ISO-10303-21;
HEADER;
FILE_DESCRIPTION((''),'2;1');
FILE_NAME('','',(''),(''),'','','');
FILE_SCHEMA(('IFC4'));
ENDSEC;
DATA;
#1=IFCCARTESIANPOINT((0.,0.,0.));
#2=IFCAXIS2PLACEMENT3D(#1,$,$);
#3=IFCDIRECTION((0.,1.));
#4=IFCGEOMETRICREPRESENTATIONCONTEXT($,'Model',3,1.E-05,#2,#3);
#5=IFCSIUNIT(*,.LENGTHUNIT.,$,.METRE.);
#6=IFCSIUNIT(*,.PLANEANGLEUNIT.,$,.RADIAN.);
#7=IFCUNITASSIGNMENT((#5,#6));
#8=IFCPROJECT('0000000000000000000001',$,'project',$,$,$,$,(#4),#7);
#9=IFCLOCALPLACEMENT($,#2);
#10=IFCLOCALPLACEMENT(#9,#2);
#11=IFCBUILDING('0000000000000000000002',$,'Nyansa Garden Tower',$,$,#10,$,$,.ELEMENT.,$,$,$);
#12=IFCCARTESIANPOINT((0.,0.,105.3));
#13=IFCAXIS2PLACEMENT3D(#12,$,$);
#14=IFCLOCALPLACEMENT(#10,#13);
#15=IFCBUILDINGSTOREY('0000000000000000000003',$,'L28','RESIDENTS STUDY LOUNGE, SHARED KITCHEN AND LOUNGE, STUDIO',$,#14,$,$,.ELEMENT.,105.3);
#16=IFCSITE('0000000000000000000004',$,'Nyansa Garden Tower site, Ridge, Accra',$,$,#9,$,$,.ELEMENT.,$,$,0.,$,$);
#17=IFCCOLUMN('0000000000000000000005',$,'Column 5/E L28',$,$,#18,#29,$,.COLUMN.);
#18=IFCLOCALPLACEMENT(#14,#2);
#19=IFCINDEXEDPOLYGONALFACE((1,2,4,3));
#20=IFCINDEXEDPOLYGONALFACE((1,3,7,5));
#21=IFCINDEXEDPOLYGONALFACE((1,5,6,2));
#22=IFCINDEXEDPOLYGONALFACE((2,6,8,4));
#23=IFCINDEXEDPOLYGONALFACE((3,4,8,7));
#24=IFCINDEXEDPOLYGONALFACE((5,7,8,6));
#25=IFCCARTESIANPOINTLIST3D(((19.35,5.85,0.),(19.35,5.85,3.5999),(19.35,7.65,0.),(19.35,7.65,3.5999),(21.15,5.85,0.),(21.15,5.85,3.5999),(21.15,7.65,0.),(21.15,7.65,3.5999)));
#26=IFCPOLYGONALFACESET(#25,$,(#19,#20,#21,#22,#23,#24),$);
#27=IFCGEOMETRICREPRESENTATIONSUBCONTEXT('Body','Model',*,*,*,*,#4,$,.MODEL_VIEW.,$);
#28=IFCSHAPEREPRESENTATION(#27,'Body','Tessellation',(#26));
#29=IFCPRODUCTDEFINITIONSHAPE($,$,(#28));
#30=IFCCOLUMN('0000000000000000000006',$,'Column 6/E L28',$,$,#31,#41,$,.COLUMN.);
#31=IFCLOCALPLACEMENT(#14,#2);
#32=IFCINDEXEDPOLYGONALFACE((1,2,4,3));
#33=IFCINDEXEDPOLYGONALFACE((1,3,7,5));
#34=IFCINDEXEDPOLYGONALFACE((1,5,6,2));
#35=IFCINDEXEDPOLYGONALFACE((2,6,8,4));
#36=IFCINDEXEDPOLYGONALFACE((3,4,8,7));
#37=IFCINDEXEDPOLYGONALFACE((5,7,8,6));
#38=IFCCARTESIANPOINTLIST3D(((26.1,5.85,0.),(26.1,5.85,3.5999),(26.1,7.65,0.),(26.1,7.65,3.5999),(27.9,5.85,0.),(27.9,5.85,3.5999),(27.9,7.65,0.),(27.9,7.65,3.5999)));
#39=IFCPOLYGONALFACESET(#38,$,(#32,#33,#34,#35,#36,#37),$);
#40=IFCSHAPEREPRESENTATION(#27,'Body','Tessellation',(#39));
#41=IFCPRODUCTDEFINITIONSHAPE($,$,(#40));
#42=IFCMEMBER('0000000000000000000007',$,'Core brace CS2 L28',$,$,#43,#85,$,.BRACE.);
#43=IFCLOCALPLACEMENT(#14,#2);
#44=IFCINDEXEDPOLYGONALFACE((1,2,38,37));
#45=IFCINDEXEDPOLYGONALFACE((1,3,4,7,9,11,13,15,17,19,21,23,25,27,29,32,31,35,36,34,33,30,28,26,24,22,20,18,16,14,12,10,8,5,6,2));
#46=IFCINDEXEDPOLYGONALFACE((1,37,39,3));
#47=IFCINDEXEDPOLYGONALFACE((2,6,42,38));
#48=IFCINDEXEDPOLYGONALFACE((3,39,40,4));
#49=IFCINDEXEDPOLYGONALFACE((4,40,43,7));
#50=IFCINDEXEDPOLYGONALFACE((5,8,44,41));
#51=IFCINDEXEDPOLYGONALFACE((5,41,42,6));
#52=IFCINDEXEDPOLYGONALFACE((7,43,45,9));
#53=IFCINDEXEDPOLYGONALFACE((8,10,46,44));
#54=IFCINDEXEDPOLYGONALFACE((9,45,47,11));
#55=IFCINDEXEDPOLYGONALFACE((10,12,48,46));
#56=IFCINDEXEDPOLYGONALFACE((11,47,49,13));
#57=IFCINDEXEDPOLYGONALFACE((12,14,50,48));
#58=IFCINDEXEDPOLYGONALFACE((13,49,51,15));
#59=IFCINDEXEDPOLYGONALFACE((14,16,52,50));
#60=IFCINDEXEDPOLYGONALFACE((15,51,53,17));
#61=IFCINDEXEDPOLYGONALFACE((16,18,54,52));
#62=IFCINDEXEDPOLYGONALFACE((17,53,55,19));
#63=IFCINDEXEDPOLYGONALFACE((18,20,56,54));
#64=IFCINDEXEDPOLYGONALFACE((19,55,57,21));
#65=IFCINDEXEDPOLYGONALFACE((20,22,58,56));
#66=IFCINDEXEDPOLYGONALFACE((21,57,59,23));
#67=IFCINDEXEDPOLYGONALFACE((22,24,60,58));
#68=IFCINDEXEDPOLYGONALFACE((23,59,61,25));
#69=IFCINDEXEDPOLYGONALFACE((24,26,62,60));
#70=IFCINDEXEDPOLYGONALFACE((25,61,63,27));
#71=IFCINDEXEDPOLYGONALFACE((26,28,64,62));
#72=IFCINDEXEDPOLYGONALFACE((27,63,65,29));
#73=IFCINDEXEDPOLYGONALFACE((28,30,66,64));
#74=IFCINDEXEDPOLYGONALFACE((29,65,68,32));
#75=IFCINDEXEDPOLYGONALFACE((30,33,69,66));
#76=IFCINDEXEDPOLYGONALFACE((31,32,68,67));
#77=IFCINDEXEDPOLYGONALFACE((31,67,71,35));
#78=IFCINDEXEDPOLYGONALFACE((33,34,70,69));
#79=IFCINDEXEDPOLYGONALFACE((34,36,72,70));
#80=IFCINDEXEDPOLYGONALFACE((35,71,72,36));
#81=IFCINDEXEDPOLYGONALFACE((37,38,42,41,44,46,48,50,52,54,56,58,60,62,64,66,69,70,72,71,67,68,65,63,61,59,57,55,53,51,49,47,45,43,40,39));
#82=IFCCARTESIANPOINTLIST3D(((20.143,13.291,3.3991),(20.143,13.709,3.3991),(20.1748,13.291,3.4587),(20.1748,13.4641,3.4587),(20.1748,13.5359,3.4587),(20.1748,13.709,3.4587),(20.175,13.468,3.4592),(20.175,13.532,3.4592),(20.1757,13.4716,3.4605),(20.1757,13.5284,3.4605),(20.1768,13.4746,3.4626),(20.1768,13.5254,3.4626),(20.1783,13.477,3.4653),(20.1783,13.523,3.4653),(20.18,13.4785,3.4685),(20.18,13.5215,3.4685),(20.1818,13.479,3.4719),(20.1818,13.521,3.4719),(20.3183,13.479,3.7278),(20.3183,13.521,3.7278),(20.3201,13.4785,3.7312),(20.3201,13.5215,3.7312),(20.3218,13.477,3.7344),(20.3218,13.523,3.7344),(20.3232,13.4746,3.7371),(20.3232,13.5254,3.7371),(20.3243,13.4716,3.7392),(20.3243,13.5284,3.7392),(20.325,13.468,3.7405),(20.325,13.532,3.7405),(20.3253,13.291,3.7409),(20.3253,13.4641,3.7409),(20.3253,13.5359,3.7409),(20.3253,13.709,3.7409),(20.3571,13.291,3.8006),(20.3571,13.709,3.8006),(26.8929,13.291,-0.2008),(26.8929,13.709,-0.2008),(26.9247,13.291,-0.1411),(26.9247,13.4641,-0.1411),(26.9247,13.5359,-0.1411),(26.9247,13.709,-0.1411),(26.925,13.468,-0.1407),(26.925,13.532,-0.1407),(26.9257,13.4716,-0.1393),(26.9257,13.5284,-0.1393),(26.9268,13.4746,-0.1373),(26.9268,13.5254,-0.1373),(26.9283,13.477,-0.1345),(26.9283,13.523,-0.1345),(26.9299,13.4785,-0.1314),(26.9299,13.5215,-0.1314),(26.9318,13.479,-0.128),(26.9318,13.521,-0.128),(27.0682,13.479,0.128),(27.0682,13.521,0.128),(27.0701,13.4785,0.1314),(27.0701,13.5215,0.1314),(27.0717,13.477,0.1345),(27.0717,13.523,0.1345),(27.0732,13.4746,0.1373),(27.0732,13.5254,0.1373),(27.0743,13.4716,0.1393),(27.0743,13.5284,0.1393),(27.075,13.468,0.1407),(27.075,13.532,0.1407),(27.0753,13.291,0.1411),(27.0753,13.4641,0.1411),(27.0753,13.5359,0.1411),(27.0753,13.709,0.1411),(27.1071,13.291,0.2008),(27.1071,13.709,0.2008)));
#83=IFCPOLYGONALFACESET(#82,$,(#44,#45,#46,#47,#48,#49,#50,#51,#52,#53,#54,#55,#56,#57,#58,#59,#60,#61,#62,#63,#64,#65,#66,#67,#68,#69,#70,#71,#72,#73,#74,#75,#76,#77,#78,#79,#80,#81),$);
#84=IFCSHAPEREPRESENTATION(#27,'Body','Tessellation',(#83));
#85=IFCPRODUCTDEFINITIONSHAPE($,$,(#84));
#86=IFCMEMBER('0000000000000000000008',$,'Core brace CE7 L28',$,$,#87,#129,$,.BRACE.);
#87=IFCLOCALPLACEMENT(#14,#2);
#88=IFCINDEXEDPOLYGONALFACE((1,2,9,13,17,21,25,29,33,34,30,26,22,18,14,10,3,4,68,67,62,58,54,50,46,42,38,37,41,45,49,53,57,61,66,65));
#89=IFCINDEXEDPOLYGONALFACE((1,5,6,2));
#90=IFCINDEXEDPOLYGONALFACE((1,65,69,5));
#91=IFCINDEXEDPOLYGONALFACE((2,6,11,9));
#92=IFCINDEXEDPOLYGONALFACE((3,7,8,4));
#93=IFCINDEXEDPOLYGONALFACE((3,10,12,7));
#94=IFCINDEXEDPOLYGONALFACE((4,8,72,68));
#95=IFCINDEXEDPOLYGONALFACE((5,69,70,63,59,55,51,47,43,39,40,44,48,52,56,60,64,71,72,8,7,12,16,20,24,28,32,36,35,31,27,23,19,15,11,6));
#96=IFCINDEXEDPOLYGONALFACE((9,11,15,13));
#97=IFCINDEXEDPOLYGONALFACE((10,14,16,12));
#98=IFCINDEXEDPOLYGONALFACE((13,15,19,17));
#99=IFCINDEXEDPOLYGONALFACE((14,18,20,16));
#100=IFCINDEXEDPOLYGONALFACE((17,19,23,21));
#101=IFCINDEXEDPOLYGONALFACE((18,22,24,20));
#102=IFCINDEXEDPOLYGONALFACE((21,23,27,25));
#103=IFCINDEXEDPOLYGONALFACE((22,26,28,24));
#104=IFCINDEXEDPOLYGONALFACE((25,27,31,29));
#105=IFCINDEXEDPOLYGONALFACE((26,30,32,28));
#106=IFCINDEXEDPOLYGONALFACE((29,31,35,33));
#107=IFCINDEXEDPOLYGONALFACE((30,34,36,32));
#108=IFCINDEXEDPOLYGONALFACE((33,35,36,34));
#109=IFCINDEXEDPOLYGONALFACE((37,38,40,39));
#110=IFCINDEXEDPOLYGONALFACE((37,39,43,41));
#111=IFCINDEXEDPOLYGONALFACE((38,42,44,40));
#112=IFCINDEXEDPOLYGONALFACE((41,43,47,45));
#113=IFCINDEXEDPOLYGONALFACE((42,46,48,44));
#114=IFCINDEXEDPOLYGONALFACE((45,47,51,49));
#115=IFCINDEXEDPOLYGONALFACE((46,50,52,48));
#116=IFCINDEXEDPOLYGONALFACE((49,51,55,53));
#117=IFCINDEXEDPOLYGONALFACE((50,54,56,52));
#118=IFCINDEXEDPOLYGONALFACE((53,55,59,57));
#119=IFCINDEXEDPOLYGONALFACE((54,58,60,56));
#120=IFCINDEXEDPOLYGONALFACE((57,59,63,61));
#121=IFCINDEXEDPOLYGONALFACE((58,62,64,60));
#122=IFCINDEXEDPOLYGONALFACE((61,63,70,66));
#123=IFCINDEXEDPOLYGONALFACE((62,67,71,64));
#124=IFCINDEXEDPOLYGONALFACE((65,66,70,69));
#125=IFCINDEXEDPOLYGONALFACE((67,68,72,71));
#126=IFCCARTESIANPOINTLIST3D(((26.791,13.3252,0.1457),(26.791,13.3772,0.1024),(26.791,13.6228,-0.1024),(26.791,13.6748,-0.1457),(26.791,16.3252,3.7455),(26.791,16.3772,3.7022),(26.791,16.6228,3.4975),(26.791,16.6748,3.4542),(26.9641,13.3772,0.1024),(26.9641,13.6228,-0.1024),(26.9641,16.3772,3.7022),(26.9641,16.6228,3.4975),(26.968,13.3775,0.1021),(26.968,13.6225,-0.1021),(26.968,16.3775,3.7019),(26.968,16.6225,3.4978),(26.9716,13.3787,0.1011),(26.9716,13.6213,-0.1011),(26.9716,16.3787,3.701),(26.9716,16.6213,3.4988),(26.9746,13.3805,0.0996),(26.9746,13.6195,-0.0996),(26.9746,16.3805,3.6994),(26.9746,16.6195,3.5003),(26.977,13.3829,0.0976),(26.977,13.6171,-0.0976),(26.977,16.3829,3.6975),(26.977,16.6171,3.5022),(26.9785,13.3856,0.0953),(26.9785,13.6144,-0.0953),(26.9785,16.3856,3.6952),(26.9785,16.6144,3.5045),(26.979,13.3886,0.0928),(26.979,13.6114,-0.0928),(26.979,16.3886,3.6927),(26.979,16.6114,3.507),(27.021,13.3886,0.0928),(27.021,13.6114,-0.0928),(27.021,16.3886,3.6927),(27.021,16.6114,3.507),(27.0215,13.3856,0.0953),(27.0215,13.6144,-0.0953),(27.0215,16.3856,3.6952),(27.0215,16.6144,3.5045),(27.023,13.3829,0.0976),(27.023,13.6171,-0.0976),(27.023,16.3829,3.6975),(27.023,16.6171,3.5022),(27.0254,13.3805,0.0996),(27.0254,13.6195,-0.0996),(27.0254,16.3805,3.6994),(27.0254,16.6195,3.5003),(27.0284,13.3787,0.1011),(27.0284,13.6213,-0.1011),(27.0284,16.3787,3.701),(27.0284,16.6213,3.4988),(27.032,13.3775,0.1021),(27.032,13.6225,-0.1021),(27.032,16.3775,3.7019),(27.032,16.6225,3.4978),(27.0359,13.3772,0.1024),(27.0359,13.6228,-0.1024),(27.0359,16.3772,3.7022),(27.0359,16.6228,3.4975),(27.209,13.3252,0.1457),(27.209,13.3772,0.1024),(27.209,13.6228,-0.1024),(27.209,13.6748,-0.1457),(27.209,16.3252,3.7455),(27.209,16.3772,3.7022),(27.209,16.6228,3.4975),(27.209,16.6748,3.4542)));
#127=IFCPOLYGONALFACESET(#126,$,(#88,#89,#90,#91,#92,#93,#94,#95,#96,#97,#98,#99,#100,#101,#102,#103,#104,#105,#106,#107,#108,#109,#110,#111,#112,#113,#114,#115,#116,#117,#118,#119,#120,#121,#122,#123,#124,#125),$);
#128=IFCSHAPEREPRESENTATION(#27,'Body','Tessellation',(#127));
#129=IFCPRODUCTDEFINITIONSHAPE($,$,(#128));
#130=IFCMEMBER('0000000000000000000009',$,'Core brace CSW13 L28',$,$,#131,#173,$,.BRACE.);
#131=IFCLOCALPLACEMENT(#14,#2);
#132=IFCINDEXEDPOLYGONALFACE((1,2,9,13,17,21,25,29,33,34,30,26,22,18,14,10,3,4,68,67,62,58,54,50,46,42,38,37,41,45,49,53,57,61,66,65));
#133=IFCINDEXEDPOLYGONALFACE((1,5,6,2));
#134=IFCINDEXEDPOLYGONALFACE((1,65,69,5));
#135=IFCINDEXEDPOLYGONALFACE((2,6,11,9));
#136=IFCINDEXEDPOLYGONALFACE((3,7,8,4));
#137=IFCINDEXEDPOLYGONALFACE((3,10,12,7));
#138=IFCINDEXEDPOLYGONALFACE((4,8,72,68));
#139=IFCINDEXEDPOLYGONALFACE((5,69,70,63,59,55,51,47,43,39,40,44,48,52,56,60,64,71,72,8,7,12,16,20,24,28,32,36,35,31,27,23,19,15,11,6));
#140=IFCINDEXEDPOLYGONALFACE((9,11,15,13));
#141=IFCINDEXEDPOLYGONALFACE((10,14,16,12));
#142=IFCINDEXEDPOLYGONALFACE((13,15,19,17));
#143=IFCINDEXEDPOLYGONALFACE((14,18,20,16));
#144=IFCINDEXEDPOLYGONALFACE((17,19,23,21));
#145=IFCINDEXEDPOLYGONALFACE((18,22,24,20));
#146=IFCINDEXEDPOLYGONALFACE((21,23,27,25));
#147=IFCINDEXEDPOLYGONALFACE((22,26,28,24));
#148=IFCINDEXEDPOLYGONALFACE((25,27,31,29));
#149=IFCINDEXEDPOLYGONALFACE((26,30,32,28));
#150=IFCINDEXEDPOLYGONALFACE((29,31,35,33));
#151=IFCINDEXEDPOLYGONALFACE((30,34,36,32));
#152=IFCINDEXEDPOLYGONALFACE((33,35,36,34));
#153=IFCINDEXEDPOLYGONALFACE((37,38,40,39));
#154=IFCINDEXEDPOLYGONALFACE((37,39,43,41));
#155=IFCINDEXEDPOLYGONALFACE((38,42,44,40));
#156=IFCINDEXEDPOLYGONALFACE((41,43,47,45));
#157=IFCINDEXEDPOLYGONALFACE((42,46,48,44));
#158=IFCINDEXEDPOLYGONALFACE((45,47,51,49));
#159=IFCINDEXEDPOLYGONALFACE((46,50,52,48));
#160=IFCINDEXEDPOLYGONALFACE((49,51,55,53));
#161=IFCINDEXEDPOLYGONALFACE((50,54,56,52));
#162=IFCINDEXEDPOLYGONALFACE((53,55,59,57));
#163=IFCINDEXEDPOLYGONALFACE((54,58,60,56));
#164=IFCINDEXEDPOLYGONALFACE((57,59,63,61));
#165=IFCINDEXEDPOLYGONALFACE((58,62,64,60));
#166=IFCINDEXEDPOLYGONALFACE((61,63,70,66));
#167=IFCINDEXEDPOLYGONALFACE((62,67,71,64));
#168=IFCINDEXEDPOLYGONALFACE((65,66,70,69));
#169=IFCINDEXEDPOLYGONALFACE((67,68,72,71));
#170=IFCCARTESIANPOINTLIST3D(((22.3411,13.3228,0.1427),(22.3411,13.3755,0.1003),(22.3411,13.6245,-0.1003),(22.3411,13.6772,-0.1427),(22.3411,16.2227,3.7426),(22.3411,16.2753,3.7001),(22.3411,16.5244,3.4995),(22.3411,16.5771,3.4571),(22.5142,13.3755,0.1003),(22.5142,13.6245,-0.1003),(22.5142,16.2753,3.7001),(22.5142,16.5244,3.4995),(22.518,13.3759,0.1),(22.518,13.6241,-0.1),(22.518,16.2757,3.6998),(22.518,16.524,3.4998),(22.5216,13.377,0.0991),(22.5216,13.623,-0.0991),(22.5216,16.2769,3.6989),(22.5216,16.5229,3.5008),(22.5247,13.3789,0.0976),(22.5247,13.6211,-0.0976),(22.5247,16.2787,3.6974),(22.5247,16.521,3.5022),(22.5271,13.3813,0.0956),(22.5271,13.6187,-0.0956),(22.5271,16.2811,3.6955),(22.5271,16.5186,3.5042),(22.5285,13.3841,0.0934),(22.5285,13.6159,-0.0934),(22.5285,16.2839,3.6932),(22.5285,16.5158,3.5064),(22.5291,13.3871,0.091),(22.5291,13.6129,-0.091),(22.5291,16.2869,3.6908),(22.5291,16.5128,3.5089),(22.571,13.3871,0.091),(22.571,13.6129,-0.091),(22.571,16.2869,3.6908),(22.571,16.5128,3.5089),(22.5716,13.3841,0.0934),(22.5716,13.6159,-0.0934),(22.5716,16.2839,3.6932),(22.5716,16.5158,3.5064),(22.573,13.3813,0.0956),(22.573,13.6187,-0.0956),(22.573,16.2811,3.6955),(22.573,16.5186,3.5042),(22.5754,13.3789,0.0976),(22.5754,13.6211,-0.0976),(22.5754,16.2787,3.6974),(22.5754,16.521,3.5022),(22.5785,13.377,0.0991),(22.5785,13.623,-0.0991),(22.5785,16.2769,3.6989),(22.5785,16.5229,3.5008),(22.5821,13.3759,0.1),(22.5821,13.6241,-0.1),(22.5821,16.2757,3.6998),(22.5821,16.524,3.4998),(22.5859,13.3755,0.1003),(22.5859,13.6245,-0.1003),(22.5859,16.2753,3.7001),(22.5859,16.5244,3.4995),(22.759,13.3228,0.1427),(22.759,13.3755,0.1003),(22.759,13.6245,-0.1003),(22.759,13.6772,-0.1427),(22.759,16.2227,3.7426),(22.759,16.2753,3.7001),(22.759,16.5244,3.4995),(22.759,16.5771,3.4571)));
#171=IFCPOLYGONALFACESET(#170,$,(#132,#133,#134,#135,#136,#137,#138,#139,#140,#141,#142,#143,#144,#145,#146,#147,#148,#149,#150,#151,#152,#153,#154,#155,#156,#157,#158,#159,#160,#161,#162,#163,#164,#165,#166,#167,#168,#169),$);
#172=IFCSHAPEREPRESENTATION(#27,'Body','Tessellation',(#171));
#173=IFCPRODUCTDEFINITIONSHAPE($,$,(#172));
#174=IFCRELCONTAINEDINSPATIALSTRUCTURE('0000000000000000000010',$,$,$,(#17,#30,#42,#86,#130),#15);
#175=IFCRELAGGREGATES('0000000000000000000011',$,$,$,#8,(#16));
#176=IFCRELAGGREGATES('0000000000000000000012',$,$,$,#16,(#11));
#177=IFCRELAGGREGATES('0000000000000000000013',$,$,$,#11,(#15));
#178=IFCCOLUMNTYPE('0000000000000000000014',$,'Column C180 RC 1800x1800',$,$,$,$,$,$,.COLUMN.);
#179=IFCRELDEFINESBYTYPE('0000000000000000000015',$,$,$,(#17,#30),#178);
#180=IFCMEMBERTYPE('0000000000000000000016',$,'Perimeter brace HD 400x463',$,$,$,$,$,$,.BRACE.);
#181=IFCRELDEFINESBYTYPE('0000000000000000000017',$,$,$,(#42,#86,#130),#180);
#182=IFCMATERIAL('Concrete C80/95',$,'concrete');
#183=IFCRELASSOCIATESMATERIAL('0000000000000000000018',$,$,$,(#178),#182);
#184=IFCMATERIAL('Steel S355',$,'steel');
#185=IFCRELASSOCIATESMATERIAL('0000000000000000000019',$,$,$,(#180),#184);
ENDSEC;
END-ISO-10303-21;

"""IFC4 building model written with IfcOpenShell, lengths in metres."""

from ifc_helpers import new_model, si_unit, direction, frame, origin, origin_2d, place, context, subcontext, project, spatial, rectangle, i_section, extrude, material, material_profile, profile_set, type_object, element, save


model = new_model("IFC4")

# Units and contexts
model_context = context("Model", 3, precision=1e-05, world=origin(), true_north=direction((0.0, 1.0)))
body_context = subcontext(model_context, "Body", "Model", "MODEL_VIEW")
ifc_project = project(units=[si_unit("LENGTHUNIT", "METRE"), si_unit("PLANEANGLEUNIT", "RADIAN")], contexts=[model_context])

# Site, building, storey
site_placement = place(None, origin())
site = spatial("IfcSite", under=ifc_project, at=site_placement, Name="Nyansa Garden Tower site, Ridge, Accra", CompositionType="ELEMENT", RefElevation=0.0)
building_placement = place(site_placement, origin())
building = spatial("IfcBuilding", under=site, at=building_placement, Name="Nyansa Garden Tower", CompositionType="ELEMENT")
storey_placement = place(building_placement, frame((0.0, 0.0, 105.3)))
storey = spatial("IfcBuildingStorey", under=building, at=storey_placement, Name="L28", Description="RESIDENTS STUDY LOUNGE, SHARED KITCHEN AND LOUNGE, STUDIO", CompositionType="ELEMENT", Elevation=105.3)

# Columns
ifc_material_1 = material(Name="Concrete C80/95", Category="concrete")
ifc_material_profile_1 = material_profile(ifc_material_1, rectangle(XDim=1.8, YDim=1.8, at=origin_2d()), Name="RC 1800x1800")
ifc_profile_set_1 = profile_set([ifc_material_profile_1], Name="Concrete C80/95")
column_type = type_object("IfcColumnType", Name="Column C180 RC 1800x1800", PredefinedType="COLUMN", material=ifc_profile_set_1)
for number, where, z_axis, x_axis, name in (
    (1, (20.25, 6.75, 0.0), (0.0, 0.0, 1.0), (1.0, 0.0, 0.0), "Column 5/E L28"),
    (2, (27.0, 6.75, 0.0), (0.0, 0.0, 1.0), (1.0, 0.0, 0.0), "Column 6/E L28"),
):
    element("IfcColumn", number, at=place(storey_placement, frame(where, z_axis=z_axis, x_axis=x_axis)), inside=storey, type_object=column_type, Name=name, PredefinedType="COLUMN", context=body_context, shape_type="SweptSolid", body=[
        extrude(rectangle(XDim=1.8, YDim=1.8, at=origin_2d()), origin(), (0.0, 0.0, 1.0), 3.5999),
    ])

# Members
ifc_material_2 = material(Name="Steel S355", Category="steel")
ifc_material_profile_2 = material_profile(ifc_material_2, i_section(OverallWidth=0.418, OverallDepth=0.4551, WebThickness=0.042, FlangeThickness=0.0676, FilletRadius=0.0149, at=origin_2d()), Name="HD 400x463")
ifc_profile_set_2 = profile_set([ifc_material_profile_2], Name="Steel S355")
member_type = type_object("IfcMemberType", Name="Perimeter brace HD 400x463", PredefinedType="BRACE", material=ifc_profile_set_2)
member_1_placement = place(storey_placement, frame((27.0, 13.5, 0.0), z_axis=(-0.882361, 0.0, 0.470573), x_axis=(0.0, -1.0, 0.0)))
element("IfcMember", 3, at=member_1_placement, inside=storey, type_object=member_type, Name="Core brace CS2 L28", PredefinedType="BRACE", context=body_context, shape_type="SweptSolid", body=[
    extrude(i_section(OverallWidth=0.418, OverallDepth=0.4551, WebThickness=0.042, FlangeThickness=0.0676, FilletRadius=0.0149, at=origin_2d()), origin(), (0.0, 0.0, 1.0), 7.6499),
])
member_2_placement = place(storey_placement, frame((27.0, 13.5, 0.0), z_axis=(0.0, 0.6402, 0.768208), x_axis=(-1.0, 0.0, 0.0)))
element("IfcMember", 4, at=member_2_placement, inside=storey, type_object=member_type, Name="Core brace CE7 L28", PredefinedType="BRACE", context=body_context, shape_type="SweptSolid", body=[
    extrude(i_section(OverallWidth=0.418, OverallDepth=0.4551, WebThickness=0.042, FlangeThickness=0.0676, FilletRadius=0.0149, at=origin_2d()), origin(), (0.0, 0.0, 1.0), 4.686),
])
member_3_placement = place(storey_placement, frame((22.55, 13.5, 0.0), z_axis=(0.0, 0.627332, 0.778752), x_axis=(-1.0, 0.0, 0.0)))
element("IfcMember", 5, at=member_3_placement, inside=storey, type_object=member_type, Name="Core brace CSW13 L28", PredefinedType="BRACE", context=body_context, shape_type="SweptSolid", body=[
    extrude(i_section(OverallWidth=0.418, OverallDepth=0.4551, WebThickness=0.042, FlangeThickness=0.0676, FilletRadius=0.0149, at=origin_2d()), origin(), (0.0, 0.0, 1.0), 4.6226),
])

save(model, "model.ifc")
